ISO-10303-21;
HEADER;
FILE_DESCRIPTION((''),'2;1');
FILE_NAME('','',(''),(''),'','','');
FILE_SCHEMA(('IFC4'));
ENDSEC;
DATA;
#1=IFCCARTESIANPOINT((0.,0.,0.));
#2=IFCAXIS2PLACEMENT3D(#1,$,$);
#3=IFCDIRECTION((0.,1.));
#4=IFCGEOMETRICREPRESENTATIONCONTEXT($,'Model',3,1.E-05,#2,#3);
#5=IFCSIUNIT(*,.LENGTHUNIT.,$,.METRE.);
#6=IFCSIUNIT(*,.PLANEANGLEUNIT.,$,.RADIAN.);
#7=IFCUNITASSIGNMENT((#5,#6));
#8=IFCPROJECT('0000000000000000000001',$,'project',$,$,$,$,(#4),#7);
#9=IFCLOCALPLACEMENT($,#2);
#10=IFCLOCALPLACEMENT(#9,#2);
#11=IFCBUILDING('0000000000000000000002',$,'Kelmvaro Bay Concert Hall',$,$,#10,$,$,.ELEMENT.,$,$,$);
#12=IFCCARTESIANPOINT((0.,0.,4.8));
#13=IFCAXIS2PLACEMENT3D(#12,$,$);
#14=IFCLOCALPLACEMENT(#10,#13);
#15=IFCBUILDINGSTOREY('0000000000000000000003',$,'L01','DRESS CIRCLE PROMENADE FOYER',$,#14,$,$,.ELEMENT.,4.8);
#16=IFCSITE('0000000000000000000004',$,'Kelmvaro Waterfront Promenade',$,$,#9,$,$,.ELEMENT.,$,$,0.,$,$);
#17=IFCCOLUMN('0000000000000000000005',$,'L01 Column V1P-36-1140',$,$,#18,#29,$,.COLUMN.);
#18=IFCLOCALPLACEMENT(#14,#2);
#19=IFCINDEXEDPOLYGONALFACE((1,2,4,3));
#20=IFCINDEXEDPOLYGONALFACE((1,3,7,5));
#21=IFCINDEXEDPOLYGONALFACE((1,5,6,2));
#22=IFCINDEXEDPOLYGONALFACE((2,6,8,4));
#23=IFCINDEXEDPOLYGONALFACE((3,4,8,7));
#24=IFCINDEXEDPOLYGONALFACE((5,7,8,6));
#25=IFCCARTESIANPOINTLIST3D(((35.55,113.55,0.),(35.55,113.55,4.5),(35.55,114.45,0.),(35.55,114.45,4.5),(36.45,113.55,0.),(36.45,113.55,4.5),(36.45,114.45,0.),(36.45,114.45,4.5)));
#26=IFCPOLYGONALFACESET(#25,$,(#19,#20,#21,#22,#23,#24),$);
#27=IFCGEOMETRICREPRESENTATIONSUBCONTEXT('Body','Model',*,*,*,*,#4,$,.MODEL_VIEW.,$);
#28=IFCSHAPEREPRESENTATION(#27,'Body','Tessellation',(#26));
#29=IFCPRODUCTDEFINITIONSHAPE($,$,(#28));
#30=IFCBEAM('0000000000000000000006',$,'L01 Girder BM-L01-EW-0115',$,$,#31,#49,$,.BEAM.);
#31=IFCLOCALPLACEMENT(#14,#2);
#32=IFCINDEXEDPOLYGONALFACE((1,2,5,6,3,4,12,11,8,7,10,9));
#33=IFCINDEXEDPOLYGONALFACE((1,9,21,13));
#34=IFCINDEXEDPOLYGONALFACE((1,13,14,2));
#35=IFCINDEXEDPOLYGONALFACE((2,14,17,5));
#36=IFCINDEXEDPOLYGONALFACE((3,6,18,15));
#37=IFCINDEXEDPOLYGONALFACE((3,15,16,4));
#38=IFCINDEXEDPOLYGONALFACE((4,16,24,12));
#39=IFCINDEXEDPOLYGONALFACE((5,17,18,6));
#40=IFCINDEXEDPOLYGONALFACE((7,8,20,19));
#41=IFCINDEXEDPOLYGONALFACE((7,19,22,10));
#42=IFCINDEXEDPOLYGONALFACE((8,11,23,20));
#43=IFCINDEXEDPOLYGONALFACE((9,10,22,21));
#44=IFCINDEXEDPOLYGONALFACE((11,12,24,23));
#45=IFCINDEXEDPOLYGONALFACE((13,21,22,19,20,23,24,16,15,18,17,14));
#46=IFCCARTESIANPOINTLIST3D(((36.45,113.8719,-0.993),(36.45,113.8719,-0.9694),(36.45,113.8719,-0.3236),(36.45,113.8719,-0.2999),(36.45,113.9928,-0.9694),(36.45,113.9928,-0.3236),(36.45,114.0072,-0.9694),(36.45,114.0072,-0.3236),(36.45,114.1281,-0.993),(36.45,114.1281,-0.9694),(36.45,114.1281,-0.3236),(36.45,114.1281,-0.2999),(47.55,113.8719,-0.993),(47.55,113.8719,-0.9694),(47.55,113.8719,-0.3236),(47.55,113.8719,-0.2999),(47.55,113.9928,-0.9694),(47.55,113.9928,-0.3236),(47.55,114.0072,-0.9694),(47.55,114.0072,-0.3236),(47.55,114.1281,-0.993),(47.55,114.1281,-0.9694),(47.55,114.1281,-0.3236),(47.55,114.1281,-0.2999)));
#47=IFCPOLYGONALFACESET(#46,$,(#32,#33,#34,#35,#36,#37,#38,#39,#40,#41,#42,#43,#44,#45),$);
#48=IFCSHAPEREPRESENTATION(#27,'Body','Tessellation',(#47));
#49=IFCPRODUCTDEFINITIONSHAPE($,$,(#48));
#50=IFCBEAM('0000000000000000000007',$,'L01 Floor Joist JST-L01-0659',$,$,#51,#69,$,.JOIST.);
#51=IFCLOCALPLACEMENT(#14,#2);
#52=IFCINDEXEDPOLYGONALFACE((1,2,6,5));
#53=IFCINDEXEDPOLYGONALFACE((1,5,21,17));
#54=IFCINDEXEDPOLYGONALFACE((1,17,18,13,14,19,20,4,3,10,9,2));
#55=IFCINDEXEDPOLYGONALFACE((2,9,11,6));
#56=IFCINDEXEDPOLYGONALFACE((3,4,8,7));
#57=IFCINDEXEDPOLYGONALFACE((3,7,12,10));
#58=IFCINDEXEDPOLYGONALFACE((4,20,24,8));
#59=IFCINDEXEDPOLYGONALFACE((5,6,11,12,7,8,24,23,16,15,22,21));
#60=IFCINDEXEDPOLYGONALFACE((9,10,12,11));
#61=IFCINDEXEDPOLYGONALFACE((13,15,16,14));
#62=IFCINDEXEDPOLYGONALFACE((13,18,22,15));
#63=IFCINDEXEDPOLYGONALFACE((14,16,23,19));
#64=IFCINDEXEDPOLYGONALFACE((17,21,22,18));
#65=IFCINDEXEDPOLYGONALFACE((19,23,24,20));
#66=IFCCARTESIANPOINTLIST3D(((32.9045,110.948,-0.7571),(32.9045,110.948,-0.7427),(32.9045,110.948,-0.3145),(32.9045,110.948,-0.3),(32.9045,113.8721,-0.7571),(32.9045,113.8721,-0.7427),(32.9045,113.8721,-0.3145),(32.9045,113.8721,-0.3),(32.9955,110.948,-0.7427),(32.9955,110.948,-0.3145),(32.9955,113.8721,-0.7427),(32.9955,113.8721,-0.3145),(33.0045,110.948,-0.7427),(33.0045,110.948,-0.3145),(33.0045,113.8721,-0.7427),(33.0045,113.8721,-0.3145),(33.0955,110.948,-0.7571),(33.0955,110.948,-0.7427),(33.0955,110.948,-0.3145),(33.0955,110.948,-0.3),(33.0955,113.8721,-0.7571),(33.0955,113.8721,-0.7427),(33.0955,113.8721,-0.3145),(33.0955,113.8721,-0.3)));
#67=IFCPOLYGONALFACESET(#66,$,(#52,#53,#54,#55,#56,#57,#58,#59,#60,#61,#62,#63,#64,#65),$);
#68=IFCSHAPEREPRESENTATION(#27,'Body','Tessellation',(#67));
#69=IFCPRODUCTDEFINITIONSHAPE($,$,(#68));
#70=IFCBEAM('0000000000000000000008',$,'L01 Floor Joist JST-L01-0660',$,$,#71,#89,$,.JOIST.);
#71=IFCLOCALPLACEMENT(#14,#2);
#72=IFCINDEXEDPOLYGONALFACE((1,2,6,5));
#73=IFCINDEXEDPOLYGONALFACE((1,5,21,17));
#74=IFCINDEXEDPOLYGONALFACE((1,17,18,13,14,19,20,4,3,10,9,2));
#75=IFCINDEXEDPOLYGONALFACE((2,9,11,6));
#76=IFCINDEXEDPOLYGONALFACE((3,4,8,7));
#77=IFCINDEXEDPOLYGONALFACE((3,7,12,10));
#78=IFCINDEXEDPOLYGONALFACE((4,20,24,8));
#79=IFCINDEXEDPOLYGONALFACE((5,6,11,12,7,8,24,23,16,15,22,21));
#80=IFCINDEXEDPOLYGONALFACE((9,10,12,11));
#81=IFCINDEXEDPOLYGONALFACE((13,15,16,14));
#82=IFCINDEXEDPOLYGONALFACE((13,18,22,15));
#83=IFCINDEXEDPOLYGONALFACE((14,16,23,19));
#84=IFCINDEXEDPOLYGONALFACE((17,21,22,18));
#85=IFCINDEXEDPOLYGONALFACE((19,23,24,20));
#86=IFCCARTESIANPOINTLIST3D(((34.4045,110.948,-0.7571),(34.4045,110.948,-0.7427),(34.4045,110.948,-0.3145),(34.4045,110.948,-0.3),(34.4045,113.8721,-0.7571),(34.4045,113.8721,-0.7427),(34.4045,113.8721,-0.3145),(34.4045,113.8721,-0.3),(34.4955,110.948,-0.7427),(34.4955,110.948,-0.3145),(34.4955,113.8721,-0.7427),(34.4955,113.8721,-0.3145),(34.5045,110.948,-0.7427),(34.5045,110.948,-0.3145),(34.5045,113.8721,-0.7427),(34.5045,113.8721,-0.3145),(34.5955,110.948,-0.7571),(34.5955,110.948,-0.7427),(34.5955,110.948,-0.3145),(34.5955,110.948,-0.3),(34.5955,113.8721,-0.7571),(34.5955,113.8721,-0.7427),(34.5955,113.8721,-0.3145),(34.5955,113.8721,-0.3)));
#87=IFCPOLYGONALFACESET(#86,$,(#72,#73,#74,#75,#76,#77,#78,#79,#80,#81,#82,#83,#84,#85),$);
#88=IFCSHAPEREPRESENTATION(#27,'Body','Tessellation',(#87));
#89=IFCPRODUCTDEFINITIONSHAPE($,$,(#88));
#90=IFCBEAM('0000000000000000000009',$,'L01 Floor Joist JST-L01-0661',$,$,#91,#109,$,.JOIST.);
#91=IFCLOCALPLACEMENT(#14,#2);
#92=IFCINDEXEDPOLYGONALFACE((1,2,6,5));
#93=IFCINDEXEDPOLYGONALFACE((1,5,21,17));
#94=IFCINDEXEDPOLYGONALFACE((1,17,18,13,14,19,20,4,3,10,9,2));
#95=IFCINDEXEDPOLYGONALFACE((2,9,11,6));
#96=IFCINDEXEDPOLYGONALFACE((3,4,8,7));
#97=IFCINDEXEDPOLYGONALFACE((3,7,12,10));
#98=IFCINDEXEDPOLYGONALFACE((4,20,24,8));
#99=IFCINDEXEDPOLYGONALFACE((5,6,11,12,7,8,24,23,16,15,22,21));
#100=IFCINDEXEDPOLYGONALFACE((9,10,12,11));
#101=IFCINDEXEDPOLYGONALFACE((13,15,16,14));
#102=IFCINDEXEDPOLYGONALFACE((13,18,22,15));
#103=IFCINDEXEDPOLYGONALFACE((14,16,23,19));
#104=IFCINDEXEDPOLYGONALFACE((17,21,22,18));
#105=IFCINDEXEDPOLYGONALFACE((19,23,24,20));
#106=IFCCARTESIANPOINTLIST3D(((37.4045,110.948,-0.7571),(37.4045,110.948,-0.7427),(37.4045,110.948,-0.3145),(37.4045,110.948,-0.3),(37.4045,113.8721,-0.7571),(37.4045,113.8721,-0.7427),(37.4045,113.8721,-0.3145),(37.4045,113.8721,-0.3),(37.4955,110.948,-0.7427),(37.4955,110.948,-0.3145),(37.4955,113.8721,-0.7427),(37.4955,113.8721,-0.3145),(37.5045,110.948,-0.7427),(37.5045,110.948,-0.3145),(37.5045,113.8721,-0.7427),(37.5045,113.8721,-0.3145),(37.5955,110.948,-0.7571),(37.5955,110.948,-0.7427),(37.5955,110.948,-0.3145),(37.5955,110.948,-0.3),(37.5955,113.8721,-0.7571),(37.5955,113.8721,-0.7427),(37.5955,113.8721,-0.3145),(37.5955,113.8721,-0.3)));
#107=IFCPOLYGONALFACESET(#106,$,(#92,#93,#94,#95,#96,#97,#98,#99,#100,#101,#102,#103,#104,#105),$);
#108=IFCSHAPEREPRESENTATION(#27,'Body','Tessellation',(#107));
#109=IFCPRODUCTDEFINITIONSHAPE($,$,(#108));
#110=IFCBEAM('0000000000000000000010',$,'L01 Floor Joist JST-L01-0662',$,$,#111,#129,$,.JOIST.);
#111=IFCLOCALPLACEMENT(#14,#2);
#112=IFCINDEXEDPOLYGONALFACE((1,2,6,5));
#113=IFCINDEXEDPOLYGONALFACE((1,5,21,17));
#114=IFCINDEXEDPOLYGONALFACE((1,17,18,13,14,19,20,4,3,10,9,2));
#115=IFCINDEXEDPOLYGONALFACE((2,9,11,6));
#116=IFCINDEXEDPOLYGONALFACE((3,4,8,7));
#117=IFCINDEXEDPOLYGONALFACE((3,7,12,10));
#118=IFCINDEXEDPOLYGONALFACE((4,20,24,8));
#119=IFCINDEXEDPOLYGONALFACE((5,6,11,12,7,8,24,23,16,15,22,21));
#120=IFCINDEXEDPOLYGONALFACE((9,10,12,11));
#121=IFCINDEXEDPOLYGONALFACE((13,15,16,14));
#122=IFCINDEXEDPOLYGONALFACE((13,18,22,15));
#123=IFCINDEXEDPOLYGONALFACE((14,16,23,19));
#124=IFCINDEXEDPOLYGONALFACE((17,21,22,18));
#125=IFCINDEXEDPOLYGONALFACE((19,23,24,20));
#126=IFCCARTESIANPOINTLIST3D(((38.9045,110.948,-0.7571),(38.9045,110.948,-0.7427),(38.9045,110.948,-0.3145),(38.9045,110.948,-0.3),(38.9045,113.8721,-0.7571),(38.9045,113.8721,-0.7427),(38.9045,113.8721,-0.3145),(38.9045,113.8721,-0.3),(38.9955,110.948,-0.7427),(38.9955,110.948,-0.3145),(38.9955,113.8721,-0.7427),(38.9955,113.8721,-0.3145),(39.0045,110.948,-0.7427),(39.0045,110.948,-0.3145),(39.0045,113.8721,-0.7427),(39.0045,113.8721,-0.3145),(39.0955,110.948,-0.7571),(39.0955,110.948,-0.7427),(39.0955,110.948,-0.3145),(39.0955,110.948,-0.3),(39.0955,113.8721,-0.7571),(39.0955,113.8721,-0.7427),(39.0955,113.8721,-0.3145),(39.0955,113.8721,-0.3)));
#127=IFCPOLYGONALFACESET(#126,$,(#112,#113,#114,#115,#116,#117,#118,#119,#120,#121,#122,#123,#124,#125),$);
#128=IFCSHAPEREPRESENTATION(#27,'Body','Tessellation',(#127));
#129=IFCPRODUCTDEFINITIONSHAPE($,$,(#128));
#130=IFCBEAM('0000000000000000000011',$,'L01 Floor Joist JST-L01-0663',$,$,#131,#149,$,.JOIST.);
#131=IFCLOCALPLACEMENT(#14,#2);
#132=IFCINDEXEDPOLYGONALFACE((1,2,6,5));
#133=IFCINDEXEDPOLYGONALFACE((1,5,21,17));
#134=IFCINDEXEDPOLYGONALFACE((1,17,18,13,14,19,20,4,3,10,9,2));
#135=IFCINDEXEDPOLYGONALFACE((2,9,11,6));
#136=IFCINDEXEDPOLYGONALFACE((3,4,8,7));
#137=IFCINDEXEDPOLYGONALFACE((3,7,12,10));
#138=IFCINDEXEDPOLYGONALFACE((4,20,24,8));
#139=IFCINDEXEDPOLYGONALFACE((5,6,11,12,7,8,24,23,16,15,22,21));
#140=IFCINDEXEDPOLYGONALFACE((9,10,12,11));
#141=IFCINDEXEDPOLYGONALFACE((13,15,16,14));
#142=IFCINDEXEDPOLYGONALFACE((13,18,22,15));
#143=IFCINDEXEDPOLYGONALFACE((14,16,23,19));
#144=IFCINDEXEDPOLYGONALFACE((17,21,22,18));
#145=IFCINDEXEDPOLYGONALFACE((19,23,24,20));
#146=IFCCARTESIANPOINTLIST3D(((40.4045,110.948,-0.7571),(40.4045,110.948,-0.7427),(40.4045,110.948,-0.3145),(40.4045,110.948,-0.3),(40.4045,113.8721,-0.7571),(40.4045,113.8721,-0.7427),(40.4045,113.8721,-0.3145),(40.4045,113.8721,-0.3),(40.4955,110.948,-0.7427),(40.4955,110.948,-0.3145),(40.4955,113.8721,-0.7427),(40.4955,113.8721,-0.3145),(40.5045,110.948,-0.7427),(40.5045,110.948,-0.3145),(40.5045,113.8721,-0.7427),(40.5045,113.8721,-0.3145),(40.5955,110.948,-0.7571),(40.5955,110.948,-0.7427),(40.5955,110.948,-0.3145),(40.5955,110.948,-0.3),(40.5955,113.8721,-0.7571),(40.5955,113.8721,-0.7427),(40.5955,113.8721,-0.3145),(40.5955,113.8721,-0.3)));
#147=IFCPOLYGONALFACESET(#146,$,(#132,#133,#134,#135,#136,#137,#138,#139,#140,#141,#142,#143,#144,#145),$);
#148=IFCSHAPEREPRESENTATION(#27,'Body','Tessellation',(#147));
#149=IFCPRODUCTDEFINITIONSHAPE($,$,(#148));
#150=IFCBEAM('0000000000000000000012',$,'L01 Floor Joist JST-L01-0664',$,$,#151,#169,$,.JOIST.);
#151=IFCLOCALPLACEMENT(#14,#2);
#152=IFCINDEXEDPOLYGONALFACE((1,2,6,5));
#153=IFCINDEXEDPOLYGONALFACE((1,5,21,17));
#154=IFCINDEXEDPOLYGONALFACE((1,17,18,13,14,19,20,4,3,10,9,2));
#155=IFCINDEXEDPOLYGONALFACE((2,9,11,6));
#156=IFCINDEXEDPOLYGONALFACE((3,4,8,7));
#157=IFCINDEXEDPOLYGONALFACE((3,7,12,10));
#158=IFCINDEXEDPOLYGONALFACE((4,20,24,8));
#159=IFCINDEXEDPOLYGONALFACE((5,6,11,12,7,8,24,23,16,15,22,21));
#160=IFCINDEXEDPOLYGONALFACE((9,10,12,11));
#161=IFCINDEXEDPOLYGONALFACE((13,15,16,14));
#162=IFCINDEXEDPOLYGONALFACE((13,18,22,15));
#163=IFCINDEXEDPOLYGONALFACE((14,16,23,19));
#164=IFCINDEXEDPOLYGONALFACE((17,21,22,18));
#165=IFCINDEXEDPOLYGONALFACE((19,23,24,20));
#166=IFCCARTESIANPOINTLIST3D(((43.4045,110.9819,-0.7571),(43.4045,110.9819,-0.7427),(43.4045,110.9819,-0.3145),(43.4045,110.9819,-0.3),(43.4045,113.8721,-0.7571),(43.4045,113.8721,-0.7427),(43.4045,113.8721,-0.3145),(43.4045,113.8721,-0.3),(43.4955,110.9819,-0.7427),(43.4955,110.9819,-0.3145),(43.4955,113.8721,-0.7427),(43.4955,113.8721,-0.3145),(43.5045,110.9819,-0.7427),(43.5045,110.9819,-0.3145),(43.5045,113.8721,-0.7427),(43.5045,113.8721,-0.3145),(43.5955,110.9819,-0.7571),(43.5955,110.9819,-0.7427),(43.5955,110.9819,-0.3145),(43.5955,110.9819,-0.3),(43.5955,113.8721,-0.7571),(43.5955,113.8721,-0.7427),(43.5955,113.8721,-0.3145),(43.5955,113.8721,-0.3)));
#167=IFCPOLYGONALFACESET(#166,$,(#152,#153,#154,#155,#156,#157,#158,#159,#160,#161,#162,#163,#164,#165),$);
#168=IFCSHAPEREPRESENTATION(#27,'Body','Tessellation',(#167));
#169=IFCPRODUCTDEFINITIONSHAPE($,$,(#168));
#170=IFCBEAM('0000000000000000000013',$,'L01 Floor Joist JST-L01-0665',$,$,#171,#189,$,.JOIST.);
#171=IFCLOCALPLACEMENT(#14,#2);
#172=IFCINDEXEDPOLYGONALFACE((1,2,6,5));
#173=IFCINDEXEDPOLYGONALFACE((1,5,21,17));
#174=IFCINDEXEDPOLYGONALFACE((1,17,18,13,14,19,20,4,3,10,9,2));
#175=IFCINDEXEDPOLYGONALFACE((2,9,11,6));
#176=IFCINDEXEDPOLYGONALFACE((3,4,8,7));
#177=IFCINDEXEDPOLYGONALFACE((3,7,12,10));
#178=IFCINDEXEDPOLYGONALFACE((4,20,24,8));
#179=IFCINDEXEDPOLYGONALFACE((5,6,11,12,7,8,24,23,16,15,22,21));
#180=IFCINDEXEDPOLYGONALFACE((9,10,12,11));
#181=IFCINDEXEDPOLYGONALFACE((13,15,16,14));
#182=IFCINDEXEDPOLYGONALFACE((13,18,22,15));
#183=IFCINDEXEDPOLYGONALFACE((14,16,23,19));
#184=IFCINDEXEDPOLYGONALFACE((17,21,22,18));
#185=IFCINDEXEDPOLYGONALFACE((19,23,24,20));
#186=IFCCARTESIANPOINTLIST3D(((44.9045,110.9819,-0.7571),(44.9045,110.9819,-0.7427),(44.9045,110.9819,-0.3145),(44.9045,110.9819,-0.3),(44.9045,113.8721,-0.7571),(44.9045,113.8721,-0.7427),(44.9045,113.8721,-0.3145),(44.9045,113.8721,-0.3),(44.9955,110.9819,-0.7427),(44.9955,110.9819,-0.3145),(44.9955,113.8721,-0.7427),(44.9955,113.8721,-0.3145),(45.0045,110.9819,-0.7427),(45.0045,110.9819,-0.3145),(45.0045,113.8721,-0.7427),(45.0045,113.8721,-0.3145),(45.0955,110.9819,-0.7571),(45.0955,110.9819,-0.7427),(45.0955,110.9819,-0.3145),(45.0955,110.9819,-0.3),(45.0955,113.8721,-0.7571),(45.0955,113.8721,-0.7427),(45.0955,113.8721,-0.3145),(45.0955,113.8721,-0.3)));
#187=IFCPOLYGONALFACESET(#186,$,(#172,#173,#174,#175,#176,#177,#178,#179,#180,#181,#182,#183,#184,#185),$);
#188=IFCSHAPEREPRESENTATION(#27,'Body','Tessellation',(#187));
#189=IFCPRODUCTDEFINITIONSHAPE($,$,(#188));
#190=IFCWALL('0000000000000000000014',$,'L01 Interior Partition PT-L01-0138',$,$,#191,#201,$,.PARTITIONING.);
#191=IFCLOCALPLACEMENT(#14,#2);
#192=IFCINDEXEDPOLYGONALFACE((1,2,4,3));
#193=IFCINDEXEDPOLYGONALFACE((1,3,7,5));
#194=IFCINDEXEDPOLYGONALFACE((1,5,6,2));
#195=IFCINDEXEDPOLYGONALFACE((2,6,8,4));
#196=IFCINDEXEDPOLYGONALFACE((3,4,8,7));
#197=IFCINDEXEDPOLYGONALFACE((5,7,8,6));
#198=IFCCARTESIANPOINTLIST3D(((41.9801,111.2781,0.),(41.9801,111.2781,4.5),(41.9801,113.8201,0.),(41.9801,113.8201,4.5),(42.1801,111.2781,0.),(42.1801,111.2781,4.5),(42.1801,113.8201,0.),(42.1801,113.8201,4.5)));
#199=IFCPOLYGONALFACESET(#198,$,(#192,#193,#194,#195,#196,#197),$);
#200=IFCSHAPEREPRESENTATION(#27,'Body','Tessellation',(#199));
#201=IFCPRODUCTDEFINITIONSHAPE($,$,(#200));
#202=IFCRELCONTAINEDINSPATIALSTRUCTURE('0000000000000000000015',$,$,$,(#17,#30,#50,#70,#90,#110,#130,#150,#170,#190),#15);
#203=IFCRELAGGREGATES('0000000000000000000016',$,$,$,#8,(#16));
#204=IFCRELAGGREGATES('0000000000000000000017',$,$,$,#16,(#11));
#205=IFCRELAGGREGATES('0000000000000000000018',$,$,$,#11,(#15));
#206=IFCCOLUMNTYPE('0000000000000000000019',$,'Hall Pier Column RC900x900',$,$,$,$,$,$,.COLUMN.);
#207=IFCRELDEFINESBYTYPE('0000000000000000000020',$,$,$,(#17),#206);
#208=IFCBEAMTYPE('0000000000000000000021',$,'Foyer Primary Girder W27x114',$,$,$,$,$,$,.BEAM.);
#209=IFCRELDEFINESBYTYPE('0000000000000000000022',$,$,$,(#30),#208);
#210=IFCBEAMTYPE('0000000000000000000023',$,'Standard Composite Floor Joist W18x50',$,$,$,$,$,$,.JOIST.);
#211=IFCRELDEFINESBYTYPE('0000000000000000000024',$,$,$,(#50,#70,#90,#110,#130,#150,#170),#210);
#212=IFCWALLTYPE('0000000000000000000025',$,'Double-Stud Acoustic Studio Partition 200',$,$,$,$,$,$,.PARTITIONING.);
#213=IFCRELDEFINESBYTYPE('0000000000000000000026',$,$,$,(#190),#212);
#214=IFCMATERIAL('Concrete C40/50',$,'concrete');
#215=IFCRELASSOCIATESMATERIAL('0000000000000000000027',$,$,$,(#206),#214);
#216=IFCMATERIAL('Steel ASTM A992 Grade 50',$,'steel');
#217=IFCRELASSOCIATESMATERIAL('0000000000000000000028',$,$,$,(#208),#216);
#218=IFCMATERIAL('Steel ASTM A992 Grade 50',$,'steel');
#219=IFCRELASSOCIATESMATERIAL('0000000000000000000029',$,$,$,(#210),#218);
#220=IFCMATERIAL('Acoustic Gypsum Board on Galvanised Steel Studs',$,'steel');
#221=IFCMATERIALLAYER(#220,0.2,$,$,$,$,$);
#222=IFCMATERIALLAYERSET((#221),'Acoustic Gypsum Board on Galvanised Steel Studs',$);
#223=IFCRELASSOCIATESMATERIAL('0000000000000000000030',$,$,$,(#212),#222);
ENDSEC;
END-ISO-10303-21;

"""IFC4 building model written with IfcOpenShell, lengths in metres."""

from ifc_helpers import new_model, si_unit, direction, frame, frame_2d, origin, origin_2d, place, context, subcontext, project, spatial, rectangle, i_section, extrude, material, layer, layer_set, material_profile, profile_set, type_object, element, save


model = new_model("IFC4")

# Units and contexts
model_context = context("Model", 3, precision=1e-05, world=origin(), true_north=direction((0.0, 1.0)))
body_context = subcontext(model_context, "Body", "Model", "MODEL_VIEW")
ifc_project = project(units=[si_unit("LENGTHUNIT", "METRE"), si_unit("PLANEANGLEUNIT", "RADIAN")], contexts=[model_context])

# Site, building, storey
site_placement = place(None, origin())
site = spatial("IfcSite", under=ifc_project, at=site_placement, Name="Kelmvaro Waterfront Promenade", CompositionType="ELEMENT", RefElevation=0.0)
building_placement = place(site_placement, origin())
building = spatial("IfcBuilding", under=site, at=building_placement, Name="Kelmvaro Bay Concert Hall", CompositionType="ELEMENT")
storey_placement = place(building_placement, frame((0.0, 0.0, 4.8)))
storey = spatial("IfcBuildingStorey", under=building, at=storey_placement, Name="L01", Description="DRESS CIRCLE PROMENADE FOYER", CompositionType="ELEMENT", Elevation=4.8)

# Column
ifc_material_1 = material(Name="Concrete C40/50", Category="concrete")
ifc_material_profile_1 = material_profile(ifc_material_1, rectangle(XDim=0.8999, YDim=0.8999, at=origin_2d()), Name="RC-COL-900X900")
ifc_profile_set_1 = profile_set([ifc_material_profile_1], Name="Concrete C40/50")
column_type = type_object("IfcColumnType", Name="Hall Pier Column RC900x900", PredefinedType="COLUMN", material=ifc_profile_set_1)
column_placement = place(storey_placement, frame((36.0, 114.0, 0.0), z_axis=(0.0, 0.0, 1.0), x_axis=(1.0, 0.0, 0.0)))
element("IfcColumn", 1, at=column_placement, inside=storey, type_object=column_type, Name="L01 Column V1P-36-1140", PredefinedType="COLUMN", context=body_context, shape_type="SweptSolid", body=[
    extrude(rectangle(XDim=0.8999, YDim=0.8999, at=origin_2d()), origin(), (0.0, 0.0, 1.0), 4.5),
])

# Beams
ifc_material_2 = material(Name="Steel ASTM A992 Grade 50", Category="steel")
ifc_material_profile_2 = material_profile(ifc_material_2, i_section(OverallWidth=0.2561, OverallDepth=0.6931, WebThickness=0.0144, FlangeThickness=0.0237, at=origin_2d()), Name="W27X114")
ifc_profile_set_2 = profile_set([ifc_material_profile_2], Name="Steel ASTM A992 Grade 50")
beam_type_1 = type_object("IfcBeamType", Name="Foyer Primary Girder W27x114", PredefinedType="BEAM", material=ifc_profile_set_2)
beam_placement = place(storey_placement, frame((36.45, 114.0, -0.6465), z_axis=(1.0, 0.0, 0.0), x_axis=(0.0, 1.0, 0.0)))
element("IfcBeam", 2, at=beam_placement, inside=storey, type_object=beam_type_1, Name="L01 Girder BM-L01-EW-0115", PredefinedType="BEAM", context=body_context, shape_type="SweptSolid", body=[
    extrude(i_section(OverallWidth=0.2561, OverallDepth=0.6931, WebThickness=0.0144, FlangeThickness=0.0237, at=origin_2d()), origin(), (0.0, 0.0, 1.0), 11.1001),
])
ifc_material_3 = material(Name="Steel ASTM A992 Grade 50", Category="steel")
ifc_material_profile_3 = material_profile(ifc_material_3, i_section(OverallWidth=0.1909, OverallDepth=0.457, WebThickness=0.009, FlangeThickness=0.0144, at=origin_2d()), Name="W18X50")
ifc_profile_set_3 = profile_set([ifc_material_profile_3], Name="Steel ASTM A992 Grade 50")
beam_type_2 = type_object("IfcBeamType", Name="Standard Composite Floor Joist W18x50", PredefinedType="JOIST", material=ifc_profile_set_3)
for number, where, z_axis, x_axis, name in (
    (3, (33.0, 110.948, -0.5286), (0.0, 1.0, 0.0), (-1.0, 0.0, 0.0), "L01 Floor Joist JST-L01-0659"),
    (4, (34.5, 110.948, -0.5286), (0.0, 1.0, 0.0), (-1.0, 0.0, 0.0), "L01 Floor Joist JST-L01-0660"),
    (5, (37.5, 110.948, -0.5286), (0.0, 1.0, 0.0), (-1.0, 0.0, 0.0), "L01 Floor Joist JST-L01-0661"),
    (6, (39.0, 110.948, -0.5286), (0.0, 1.0, 0.0), (-1.0, 0.0, 0.0), "L01 Floor Joist JST-L01-0662"),
    (7, (40.5, 110.948, -0.5286), (0.0, 1.0, 0.0), (-1.0, 0.0, 0.0), "L01 Floor Joist JST-L01-0663"),
):
    element("IfcBeam", number, at=place(storey_placement, frame(where, z_axis=z_axis, x_axis=x_axis)), inside=storey, type_object=beam_type_2, Name=name, PredefinedType="JOIST", context=body_context, shape_type="SweptSolid", body=[
        extrude(i_section(OverallWidth=0.1909, OverallDepth=0.457, WebThickness=0.009, FlangeThickness=0.0144, at=origin_2d()), origin(), (0.0, 0.0, 1.0), 2.9241),
    ])
for number, where, z_axis, x_axis, name in (
    (8, (43.5, 110.9819, -0.5286), (0.0, 1.0, 0.0), (-1.0, 0.0, 0.0), "L01 Floor Joist JST-L01-0664"),
    (9, (45.0, 110.9819, -0.5286), (0.0, 1.0, 0.0), (-1.0, 0.0, 0.0), "L01 Floor Joist JST-L01-0665"),
):
    element("IfcBeam", number, at=place(storey_placement, frame(where, z_axis=z_axis, x_axis=x_axis)), inside=storey, type_object=beam_type_2, Name=name, PredefinedType="JOIST", context=body_context, shape_type="SweptSolid", body=[
        extrude(i_section(OverallWidth=0.1909, OverallDepth=0.457, WebThickness=0.009, FlangeThickness=0.0144, at=origin_2d()), origin(), (0.0, 0.0, 1.0), 2.8901),
    ])

# Wall
ifc_material_4 = material(Name="Acoustic Gypsum Board on Galvanised Steel Studs", Category="steel")
ifc_layer_1 = layer(ifc_material_4, 0.2)
ifc_layer_set_1 = layer_set([ifc_layer_1], Name="Acoustic Gypsum Board on Galvanised Steel Studs")
wall_type_1 = type_object("IfcWallType", Name="Double-Stud Acoustic Studio Partition 200", PredefinedType="PARTITIONING", material=ifc_layer_set_1)
wall_1_placement = place(storey_placement, frame((42.0801, 111.2781, 0.0), z_axis=(0.0, 0.0, 1.0), x_axis=(0.0, 1.0, 0.0)))
element("IfcWall", 10, at=wall_1_placement, inside=storey, type_object=wall_type_1, Name="L01 Interior Partition PT-L01-0138", PredefinedType="PARTITIONING", context=body_context, shape_type="SweptSolid", body=[
    extrude(rectangle(XDim=2.542, YDim=0.2, at=frame_2d((1.271, 0.0))), origin(), (0.0, 0.0, 1.0), 4.5),
])

save(model, "model.ifc")
